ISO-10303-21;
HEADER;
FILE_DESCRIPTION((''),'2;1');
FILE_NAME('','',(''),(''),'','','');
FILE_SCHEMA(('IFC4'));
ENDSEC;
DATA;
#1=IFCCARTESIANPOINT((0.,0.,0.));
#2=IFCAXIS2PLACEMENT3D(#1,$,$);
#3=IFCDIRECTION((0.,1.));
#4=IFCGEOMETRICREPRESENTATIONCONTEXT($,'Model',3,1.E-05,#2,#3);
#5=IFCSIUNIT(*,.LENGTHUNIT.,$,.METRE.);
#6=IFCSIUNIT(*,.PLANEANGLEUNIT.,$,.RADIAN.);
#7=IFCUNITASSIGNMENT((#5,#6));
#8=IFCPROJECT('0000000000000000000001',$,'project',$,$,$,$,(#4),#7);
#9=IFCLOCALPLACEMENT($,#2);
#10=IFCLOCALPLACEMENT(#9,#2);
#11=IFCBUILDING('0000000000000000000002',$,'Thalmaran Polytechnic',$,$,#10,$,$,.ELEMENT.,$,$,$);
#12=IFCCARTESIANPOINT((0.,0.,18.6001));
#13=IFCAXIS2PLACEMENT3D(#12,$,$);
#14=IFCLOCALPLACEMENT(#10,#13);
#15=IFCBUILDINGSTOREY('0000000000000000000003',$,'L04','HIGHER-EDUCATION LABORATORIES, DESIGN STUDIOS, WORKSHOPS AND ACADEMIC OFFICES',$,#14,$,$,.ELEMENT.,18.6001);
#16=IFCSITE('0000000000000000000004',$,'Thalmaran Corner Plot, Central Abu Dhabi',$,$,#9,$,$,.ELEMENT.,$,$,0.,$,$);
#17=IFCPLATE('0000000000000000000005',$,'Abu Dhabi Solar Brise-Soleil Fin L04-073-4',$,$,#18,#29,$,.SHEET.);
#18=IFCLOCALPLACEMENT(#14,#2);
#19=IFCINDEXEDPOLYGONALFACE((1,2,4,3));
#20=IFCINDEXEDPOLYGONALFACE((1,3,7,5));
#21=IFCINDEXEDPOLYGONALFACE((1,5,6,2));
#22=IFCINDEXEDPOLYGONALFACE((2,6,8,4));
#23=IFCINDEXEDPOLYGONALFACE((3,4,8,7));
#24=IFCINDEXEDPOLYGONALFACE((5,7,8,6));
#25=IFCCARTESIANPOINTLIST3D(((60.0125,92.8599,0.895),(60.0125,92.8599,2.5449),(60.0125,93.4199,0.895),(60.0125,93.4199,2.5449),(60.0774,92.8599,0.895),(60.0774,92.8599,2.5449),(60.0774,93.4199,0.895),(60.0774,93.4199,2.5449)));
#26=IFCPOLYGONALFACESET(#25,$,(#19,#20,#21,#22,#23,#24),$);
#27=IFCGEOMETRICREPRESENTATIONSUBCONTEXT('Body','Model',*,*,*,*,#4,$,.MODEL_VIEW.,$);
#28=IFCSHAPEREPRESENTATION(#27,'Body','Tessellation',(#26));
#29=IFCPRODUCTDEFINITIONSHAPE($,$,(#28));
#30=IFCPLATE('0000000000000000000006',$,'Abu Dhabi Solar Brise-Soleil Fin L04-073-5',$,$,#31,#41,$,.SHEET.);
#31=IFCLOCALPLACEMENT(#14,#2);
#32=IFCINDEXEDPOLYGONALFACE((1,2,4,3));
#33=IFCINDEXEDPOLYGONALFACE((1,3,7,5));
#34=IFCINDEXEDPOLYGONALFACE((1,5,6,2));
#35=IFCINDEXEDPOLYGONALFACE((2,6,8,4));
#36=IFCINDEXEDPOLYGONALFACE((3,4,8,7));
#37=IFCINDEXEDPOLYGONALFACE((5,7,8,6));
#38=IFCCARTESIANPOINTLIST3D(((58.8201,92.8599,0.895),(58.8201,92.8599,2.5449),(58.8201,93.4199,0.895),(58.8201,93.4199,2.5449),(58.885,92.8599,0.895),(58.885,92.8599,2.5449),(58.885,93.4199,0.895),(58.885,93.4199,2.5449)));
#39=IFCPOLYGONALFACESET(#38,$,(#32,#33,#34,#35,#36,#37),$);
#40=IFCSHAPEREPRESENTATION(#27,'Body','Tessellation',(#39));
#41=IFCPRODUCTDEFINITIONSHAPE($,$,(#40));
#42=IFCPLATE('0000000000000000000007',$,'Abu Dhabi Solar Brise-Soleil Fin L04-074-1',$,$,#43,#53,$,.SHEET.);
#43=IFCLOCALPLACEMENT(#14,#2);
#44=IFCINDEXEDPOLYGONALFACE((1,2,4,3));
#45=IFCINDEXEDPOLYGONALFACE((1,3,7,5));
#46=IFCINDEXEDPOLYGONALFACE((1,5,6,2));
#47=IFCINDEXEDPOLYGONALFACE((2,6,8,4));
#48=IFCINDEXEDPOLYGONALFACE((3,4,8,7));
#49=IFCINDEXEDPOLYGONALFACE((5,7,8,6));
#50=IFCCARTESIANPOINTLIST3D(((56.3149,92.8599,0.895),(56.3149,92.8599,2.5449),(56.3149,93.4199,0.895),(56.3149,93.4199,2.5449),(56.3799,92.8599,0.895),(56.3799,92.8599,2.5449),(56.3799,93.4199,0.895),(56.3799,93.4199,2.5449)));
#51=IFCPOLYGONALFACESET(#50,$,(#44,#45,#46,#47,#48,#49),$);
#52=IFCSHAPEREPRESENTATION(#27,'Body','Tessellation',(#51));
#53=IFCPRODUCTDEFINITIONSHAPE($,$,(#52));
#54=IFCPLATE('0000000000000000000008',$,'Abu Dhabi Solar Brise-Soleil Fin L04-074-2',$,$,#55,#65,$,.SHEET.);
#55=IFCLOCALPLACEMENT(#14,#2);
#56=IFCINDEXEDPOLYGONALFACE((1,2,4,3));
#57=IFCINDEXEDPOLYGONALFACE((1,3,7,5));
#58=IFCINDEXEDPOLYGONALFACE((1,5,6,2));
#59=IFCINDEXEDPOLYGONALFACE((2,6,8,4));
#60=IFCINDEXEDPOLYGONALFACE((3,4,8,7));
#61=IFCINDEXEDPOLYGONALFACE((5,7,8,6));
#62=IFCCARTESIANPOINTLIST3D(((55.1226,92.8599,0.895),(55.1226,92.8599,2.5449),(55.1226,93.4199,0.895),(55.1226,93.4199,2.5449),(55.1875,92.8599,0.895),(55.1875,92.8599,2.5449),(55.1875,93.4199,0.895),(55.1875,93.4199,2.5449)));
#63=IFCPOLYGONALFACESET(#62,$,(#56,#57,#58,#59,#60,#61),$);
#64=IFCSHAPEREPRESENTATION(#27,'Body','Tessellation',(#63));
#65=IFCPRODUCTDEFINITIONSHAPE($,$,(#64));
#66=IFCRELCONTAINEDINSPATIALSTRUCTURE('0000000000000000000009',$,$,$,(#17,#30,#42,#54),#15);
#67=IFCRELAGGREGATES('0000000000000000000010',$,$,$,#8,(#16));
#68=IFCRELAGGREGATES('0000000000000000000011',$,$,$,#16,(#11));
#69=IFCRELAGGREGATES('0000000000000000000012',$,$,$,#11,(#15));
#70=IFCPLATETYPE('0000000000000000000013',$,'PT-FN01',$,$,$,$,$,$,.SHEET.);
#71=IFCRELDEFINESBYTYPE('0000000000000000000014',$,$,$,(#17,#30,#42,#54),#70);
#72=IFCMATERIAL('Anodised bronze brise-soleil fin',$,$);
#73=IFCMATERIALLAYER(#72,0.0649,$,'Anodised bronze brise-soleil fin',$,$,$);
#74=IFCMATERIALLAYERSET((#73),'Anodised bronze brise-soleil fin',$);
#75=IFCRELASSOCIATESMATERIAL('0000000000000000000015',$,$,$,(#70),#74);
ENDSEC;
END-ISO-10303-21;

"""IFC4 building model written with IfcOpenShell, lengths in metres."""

from ifc_helpers import new_model, si_unit, direction, frame, origin, origin_2d, place, context, subcontext, project, spatial, rectangle, extrude, material, layer, layer_set, type_object, element, save


model = new_model("IFC4")

# Units and contexts
model_context = context("Model", 3, precision=1e-05, world=origin(), true_north=direction((0.0, 1.0)))
body_context = subcontext(model_context, "Body", "Model", "MODEL_VIEW")
ifc_project = project(units=[si_unit("LENGTHUNIT", "METRE"), si_unit("PLANEANGLEUNIT", "RADIAN")], contexts=[model_context])

# Site, building, storey
site_placement = place(None, origin())
site = spatial("IfcSite", under=ifc_project, at=site_placement, Name="Thalmaran Corner Plot, Central Abu Dhabi", CompositionType="ELEMENT", RefElevation=0.0)
building_placement = place(site_placement, origin())
building = spatial("IfcBuilding", under=site, at=building_placement, Name="Thalmaran Polytechnic", CompositionType="ELEMENT")
storey_placement = place(building_placement, frame((0.0, 0.0, 18.6001)))
storey = spatial("IfcBuildingStorey", under=building, at=storey_placement, Name="L04", Description="HIGHER-EDUCATION LABORATORIES, DESIGN STUDIOS, WORKSHOPS AND ACADEMIC OFFICES", CompositionType="ELEMENT", Elevation=18.6001)

# Plates
ifc_material_1 = material(Name="Anodised bronze brise-soleil fin")
ifc_layer_1 = layer(ifc_material_1, 0.0649, Name="Anodised bronze brise-soleil fin")
ifc_layer_set_1 = layer_set([ifc_layer_1], Name="Anodised bronze brise-soleil fin")
plate_type_1 = type_object("IfcPlateType", Name="PT-FN01", PredefinedType="SHEET", material=ifc_layer_set_1)
for number, where, z_axis, x_axis, name in (
    (1, (60.0449, 93.1399, 0.895), (0.0, 0.0, 1.0), (-1.0, 0.0, 0.0), "Abu Dhabi Solar Brise-Soleil Fin L04-073-4"),
    (2, (58.8525, 93.1399, 0.895), (0.0, 0.0, 1.0), (-1.0, 0.0, 0.0), "Abu Dhabi Solar Brise-Soleil Fin L04-073-5"),
    (3, (56.3474, 93.1399, 0.895), (0.0, 0.0, 1.0), (-1.0, 0.0, 0.0), "Abu Dhabi Solar Brise-Soleil Fin L04-074-1"),
    (4, (55.155, 93.1399, 0.895), (0.0, 0.0, 1.0), (-1.0, 0.0, 0.0), "Abu Dhabi Solar Brise-Soleil Fin L04-074-2"),
):
    element("IfcPlate", number, at=place(storey_placement, frame(where, z_axis=z_axis, x_axis=x_axis)), inside=storey, type_object=plate_type_1, Name=name, PredefinedType="SHEET", context=body_context, shape_type="SweptSolid", body=[
        extrude(rectangle(XDim=0.0649, YDim=0.5601, at=origin_2d()), origin(), (0.0, 0.0, 1.0), 1.6499),
    ])

save(model, "model.ifc")
